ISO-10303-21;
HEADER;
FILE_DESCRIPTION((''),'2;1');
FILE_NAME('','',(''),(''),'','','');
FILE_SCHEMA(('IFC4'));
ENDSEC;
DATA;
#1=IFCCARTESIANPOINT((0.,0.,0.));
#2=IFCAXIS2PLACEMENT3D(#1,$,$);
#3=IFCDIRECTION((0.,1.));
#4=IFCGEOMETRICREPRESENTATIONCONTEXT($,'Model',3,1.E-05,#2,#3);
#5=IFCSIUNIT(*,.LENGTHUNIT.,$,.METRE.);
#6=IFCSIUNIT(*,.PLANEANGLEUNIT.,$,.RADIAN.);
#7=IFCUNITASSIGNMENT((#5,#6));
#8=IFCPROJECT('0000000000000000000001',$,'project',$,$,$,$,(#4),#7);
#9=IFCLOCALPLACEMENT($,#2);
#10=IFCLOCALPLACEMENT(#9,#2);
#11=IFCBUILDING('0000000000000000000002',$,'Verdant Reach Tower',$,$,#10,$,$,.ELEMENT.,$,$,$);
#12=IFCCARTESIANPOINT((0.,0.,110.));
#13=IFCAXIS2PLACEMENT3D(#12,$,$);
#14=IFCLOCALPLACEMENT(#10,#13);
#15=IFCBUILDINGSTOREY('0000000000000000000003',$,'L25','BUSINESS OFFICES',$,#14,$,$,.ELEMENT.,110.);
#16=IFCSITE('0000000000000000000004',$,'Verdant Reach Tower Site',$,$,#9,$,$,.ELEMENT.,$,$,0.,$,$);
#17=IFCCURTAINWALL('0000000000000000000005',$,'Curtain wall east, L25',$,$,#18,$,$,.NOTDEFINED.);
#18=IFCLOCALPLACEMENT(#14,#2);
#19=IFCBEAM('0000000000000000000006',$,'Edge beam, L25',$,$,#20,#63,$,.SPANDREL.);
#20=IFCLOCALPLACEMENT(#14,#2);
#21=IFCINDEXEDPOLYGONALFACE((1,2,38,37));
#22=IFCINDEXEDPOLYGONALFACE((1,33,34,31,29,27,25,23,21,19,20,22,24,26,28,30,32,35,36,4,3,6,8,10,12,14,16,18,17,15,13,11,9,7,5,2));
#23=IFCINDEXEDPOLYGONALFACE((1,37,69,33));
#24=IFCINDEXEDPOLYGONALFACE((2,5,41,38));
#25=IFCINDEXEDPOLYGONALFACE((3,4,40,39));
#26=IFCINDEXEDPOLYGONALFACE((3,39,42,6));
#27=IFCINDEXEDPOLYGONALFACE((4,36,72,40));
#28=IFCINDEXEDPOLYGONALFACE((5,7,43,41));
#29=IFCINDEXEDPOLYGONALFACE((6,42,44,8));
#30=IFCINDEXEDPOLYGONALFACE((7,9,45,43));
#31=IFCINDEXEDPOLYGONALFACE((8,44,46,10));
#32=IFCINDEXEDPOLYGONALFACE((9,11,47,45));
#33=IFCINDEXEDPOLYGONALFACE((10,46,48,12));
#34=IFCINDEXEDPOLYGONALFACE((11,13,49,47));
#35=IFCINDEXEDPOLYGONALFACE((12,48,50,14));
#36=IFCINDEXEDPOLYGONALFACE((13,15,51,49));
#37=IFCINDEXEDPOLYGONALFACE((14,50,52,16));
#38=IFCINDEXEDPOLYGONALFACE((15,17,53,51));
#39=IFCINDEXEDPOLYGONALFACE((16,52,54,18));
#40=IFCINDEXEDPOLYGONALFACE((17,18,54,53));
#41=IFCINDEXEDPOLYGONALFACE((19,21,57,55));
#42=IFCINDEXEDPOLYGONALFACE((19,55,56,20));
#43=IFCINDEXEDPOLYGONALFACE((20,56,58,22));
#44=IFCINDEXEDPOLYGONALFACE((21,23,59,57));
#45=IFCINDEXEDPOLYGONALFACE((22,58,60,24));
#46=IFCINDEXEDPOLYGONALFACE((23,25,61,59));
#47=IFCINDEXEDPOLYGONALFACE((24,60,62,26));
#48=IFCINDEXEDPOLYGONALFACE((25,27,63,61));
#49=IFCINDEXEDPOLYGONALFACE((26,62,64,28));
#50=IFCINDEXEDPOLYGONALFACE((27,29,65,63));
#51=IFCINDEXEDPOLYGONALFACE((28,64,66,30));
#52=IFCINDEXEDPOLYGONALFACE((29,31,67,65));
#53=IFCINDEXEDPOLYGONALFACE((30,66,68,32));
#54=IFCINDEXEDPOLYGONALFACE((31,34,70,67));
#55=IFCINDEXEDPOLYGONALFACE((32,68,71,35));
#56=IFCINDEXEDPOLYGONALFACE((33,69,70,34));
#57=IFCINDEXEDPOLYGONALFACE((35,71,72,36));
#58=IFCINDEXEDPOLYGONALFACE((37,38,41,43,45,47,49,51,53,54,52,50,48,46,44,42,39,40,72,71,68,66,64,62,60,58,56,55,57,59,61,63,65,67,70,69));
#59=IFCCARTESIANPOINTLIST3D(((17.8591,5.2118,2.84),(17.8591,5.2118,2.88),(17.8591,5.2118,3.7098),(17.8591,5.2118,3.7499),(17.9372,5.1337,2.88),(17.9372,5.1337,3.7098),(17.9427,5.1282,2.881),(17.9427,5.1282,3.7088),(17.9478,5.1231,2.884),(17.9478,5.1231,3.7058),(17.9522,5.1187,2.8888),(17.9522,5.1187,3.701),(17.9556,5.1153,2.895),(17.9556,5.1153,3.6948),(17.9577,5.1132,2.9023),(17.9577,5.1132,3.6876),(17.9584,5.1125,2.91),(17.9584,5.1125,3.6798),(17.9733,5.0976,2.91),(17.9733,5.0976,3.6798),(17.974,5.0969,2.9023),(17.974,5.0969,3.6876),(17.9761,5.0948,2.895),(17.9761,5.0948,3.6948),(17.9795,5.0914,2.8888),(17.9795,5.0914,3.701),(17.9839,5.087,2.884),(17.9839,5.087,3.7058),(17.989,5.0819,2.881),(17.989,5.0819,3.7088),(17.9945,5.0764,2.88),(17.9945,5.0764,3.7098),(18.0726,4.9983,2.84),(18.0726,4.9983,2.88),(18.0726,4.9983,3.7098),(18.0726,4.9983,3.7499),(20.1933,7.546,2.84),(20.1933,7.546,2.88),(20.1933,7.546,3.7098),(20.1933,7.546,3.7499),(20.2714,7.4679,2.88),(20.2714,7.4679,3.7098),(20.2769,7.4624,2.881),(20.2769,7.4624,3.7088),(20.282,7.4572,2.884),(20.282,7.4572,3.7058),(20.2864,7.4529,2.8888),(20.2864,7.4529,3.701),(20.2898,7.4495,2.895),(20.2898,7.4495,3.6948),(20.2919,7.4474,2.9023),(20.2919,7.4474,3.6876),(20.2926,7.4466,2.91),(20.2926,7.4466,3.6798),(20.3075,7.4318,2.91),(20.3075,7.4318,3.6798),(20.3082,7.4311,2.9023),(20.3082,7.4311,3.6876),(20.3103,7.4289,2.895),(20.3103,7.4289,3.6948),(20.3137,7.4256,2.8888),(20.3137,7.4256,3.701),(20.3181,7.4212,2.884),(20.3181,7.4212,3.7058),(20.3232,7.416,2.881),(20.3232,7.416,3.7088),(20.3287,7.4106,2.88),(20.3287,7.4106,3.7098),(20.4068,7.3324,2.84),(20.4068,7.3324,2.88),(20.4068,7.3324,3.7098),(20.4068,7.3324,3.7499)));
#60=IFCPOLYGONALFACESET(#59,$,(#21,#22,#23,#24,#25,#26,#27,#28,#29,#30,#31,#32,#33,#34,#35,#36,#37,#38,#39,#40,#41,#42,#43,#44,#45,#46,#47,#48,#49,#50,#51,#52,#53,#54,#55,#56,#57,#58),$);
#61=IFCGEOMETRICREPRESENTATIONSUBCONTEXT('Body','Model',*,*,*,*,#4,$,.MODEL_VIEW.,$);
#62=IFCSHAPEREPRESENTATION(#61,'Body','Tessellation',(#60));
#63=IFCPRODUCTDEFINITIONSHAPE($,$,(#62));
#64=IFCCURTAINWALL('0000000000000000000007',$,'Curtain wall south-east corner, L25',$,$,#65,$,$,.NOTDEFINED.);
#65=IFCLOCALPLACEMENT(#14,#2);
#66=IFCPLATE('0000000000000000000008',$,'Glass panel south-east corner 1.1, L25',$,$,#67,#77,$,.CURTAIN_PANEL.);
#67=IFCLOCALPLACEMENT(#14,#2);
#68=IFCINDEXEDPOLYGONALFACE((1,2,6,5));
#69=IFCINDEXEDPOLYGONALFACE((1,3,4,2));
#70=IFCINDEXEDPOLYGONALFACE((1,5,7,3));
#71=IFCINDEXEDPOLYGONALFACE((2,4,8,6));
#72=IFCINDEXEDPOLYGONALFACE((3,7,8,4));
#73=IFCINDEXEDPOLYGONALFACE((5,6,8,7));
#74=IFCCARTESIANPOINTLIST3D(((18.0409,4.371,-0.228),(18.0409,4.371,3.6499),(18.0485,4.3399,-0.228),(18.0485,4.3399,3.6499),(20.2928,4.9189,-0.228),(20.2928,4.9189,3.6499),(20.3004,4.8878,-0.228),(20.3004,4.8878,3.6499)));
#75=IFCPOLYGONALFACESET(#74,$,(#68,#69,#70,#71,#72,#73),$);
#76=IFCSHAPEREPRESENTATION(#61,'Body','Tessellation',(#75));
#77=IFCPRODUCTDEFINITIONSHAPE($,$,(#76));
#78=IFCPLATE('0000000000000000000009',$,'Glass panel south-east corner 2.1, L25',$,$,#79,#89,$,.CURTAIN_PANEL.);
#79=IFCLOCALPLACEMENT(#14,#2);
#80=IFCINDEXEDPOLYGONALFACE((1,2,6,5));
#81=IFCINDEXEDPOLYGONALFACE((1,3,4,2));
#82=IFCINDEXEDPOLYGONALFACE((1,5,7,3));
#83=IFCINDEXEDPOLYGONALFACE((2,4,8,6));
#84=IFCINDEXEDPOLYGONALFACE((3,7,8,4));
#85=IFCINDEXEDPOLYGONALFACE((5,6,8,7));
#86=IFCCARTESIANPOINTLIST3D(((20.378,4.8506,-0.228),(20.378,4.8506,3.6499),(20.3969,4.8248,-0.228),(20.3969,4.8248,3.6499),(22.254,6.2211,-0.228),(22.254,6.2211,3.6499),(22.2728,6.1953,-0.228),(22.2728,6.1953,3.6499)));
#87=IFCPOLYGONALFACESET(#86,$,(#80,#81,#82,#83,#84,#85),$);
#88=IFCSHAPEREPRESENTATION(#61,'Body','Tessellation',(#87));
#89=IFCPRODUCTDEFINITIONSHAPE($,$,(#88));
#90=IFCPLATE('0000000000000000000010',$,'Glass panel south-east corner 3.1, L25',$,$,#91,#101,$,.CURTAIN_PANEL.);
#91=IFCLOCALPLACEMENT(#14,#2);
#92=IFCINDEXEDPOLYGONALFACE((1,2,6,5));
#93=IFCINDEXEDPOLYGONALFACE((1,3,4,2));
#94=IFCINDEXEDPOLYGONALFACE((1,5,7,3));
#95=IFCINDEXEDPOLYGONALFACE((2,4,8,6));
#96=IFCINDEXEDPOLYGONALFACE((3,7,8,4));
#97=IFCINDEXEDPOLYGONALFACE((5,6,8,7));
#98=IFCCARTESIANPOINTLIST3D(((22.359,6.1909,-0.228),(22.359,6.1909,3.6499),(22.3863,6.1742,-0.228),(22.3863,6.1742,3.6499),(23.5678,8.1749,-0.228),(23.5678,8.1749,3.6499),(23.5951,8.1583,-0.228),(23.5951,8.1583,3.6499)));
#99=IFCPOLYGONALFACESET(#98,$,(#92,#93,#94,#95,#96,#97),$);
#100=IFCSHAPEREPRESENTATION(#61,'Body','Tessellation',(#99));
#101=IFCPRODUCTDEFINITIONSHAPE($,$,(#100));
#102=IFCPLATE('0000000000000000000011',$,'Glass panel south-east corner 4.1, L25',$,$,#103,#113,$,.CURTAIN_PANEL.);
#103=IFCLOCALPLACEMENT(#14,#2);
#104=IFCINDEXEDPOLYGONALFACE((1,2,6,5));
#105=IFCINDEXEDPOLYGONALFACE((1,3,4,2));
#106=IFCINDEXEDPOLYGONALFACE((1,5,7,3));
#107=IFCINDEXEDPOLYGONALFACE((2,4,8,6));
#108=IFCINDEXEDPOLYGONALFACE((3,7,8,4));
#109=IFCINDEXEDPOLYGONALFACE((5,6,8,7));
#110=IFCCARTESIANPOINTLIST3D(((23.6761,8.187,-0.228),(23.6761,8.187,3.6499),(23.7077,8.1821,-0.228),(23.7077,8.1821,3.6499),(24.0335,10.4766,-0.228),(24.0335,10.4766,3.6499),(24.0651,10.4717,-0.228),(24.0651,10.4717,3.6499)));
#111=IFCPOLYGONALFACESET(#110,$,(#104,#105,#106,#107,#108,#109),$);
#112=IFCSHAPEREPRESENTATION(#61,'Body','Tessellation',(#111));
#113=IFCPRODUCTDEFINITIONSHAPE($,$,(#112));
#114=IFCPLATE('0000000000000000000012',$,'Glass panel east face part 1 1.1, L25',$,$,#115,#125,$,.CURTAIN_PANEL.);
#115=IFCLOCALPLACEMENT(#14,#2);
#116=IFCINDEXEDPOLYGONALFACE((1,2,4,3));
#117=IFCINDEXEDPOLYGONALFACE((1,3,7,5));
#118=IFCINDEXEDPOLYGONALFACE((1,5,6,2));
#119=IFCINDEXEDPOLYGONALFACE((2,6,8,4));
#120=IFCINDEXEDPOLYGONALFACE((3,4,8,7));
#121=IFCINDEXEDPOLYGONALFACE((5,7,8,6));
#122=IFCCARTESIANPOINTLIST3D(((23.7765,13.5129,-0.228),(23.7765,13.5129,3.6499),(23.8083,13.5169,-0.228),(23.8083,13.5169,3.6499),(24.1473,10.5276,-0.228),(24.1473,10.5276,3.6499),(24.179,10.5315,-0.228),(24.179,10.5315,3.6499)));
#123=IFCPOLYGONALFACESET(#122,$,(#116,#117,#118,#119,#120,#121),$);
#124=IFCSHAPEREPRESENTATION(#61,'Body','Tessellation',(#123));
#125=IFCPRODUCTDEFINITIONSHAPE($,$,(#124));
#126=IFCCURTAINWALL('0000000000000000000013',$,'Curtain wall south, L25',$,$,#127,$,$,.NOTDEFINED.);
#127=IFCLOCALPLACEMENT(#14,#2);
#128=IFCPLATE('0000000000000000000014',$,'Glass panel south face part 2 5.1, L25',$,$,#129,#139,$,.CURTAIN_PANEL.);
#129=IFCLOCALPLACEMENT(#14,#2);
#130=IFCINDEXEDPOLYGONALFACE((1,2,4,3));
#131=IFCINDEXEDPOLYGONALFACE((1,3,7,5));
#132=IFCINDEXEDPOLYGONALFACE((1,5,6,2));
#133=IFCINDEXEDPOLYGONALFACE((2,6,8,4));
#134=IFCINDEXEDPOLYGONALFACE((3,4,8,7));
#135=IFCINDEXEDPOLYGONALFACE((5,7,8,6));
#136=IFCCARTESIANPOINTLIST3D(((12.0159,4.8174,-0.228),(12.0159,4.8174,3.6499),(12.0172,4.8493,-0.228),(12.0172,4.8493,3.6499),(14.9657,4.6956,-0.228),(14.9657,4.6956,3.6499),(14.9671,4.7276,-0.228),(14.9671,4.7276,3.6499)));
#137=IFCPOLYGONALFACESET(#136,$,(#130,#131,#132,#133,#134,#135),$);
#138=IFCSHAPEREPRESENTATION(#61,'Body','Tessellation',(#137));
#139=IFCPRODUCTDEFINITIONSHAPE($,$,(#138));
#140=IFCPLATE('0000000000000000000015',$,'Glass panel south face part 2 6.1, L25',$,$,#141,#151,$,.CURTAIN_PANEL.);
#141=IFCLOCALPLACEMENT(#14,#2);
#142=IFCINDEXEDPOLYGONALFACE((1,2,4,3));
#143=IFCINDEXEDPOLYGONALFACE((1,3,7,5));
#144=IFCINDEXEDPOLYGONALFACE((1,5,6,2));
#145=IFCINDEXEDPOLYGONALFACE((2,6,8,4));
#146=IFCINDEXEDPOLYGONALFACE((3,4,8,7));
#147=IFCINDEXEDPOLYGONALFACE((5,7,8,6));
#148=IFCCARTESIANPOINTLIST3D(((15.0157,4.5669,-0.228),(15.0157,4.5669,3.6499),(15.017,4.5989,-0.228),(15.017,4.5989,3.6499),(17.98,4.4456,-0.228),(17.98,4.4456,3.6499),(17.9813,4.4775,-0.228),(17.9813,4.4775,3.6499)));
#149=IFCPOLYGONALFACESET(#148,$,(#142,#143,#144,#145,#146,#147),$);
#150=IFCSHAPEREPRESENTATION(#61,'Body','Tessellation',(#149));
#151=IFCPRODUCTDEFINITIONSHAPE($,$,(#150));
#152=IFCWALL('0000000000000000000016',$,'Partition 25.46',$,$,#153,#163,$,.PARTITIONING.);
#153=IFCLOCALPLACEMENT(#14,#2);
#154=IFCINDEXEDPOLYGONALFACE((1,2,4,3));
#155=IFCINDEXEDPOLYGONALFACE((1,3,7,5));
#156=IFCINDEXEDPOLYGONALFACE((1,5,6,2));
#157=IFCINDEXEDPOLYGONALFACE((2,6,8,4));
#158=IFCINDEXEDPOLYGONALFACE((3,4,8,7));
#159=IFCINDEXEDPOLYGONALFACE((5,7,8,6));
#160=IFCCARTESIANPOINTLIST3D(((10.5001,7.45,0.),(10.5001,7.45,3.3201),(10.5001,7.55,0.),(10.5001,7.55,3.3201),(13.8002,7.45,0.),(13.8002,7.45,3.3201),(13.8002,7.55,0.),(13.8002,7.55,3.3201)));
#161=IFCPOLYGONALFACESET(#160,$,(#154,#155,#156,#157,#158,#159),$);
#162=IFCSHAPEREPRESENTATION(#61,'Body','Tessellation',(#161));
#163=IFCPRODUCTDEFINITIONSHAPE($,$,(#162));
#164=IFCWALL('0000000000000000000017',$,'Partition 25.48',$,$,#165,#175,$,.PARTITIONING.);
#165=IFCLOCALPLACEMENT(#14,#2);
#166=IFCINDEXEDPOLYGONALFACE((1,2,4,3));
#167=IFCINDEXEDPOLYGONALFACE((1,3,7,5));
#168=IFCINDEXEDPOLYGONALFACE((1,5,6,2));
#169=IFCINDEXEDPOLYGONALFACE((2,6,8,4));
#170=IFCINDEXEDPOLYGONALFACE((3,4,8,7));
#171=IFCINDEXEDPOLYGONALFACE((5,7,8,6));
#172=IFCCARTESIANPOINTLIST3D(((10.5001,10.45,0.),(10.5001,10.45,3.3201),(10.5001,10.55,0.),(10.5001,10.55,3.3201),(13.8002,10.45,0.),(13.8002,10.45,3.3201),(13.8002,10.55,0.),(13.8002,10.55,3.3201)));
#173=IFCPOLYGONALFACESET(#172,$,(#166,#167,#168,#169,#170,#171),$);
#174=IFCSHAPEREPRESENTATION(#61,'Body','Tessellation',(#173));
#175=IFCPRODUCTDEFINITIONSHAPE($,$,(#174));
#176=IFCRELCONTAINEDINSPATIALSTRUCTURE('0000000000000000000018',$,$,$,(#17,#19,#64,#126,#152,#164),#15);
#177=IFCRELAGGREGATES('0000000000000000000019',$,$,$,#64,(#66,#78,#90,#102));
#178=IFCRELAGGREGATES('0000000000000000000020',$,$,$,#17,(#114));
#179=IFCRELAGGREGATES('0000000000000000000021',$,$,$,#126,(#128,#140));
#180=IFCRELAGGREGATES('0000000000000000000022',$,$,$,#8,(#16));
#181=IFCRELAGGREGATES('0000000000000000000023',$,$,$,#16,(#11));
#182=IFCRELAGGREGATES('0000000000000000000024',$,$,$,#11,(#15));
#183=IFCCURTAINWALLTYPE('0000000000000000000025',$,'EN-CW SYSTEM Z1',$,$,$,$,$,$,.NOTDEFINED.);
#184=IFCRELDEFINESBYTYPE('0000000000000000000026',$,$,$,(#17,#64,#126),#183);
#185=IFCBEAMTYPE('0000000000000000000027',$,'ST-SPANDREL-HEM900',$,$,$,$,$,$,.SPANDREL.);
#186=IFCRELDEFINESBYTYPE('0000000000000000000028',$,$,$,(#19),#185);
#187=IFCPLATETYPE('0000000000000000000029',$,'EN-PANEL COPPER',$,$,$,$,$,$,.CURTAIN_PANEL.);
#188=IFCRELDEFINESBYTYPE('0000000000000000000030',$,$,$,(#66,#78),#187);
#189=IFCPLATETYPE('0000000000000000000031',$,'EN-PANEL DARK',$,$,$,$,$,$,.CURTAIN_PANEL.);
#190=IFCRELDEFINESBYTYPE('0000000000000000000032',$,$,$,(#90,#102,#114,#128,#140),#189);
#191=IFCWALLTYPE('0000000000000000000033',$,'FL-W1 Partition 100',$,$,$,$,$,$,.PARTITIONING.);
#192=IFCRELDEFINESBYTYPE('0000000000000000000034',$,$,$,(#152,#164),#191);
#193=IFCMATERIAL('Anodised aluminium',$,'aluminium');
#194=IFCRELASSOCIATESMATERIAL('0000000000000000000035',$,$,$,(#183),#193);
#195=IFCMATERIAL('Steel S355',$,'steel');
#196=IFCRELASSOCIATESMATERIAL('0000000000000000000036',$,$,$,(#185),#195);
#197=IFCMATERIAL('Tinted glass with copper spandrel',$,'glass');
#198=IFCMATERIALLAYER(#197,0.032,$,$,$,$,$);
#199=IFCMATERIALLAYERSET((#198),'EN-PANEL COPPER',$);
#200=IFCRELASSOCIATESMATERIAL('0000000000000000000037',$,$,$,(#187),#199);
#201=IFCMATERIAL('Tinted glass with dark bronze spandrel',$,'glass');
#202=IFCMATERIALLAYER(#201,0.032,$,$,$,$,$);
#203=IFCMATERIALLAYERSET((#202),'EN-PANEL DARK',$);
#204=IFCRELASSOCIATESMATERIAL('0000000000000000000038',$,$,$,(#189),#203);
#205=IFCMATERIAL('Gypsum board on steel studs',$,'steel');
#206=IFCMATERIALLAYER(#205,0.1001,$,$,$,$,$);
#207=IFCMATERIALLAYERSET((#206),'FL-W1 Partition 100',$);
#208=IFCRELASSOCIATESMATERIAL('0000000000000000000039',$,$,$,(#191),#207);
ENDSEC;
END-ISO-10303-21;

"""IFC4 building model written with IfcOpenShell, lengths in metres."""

from ifc_helpers import new_model, si_unit, direction, frame, frame_2d, origin, origin_2d, place, context, subcontext, project, spatial, rectangle, i_section, extrude, material, layer, layer_set, material_profile, profile_set, type_object, element, aggregate, save


model = new_model("IFC4")

# Units and contexts
model_context = context("Model", 3, precision=1e-05, world=origin(), true_north=direction((0.0, 1.0)))
body_context = subcontext(model_context, "Body", "Model", "MODEL_VIEW")
ifc_project = project(units=[si_unit("LENGTHUNIT", "METRE"), si_unit("PLANEANGLEUNIT", "RADIAN")], contexts=[model_context])

# Site, building, storey
site_placement = place(None, origin())
site = spatial("IfcSite", under=ifc_project, at=site_placement, Name="Verdant Reach Tower Site", CompositionType="ELEMENT", RefElevation=0.0)
building_placement = place(site_placement, origin())
building = spatial("IfcBuilding", under=site, at=building_placement, Name="Verdant Reach Tower", CompositionType="ELEMENT")
storey_placement = place(building_placement, frame((0.0, 0.0, 110.0)))
storey = spatial("IfcBuildingStorey", under=building, at=storey_placement, Name="L25", Description="BUSINESS OFFICES", CompositionType="ELEMENT", Elevation=110.0)

# Curtain wall
ifc_material_1 = material(Name="Anodised aluminium", Category="aluminium")
curtain_wall_type = type_object("IfcCurtainWallType", Name="EN-CW SYSTEM Z1", PredefinedType="NOTDEFINED", material=ifc_material_1)
curtain_wall_1_placement = place(storey_placement, origin())
curtain_wall_1 = element("IfcCurtainWall", 1, at=curtain_wall_1_placement, inside=storey, type_object=curtain_wall_type, Name="Curtain wall east, L25", PredefinedType="NOTDEFINED")

# Beam
ifc_material_2 = material(Name="Steel S355", Category="steel")
ifc_material_profile_1 = material_profile(ifc_material_2, i_section(OverallWidth=0.302, OverallDepth=0.9099, WebThickness=0.021, FlangeThickness=0.04, FilletRadius=0.03, at=origin_2d()), Name="HEM 900")
ifc_profile_set_1 = profile_set([ifc_material_profile_1], Name="Steel S355")
beam_type_1 = type_object("IfcBeamType", Name="ST-SPANDREL-HEM900", PredefinedType="SPANDREL", material=ifc_profile_set_1)
beam_1_placement = place(storey_placement, frame((20.3, 7.4392, 3.2949), z_axis=(-0.707107, -0.707107, 0.0), x_axis=(0.707107, -0.707107, 0.0)))
element("IfcBeam", 2, at=beam_1_placement, inside=storey, type_object=beam_type_1, Name="Edge beam, L25", PredefinedType="SPANDREL", context=body_context, shape_type="SweptSolid", body=[
    extrude(i_section(OverallWidth=0.302, OverallDepth=0.9099, WebThickness=0.021, FlangeThickness=0.04, FilletRadius=0.03, at=origin_2d()), origin(), (0.0, 0.0, 1.0), 3.301),
])

# Curtain wall, plates
curtain_wall_2_placement = place(storey_placement, origin())
curtain_wall_2 = element("IfcCurtainWall", 3, at=curtain_wall_2_placement, inside=storey, type_object=curtain_wall_type, Name="Curtain wall south-east corner, L25", PredefinedType="NOTDEFINED")
ifc_material_3 = material(Name="Tinted glass with copper spandrel", Category="glass")
ifc_layer_1 = layer(ifc_material_3, 0.032)
ifc_layer_set_1 = layer_set([ifc_layer_1], Name="EN-PANEL COPPER")
plate_type_1 = type_object("IfcPlateType", Name="EN-PANEL COPPER", PredefinedType="CURTAIN_PANEL", material=ifc_layer_set_1)
plate_1_placement = place(storey_placement, frame((19.1707, 4.6294, -0.228), z_axis=(0.0, 0.0, 1.0), x_axis=(0.971661, 0.23638, 0.0)))
plate_1 = element("IfcPlate", 4, at=plate_1_placement, type_object=plate_type_1, Name="Glass panel south-east corner 1.1, L25", PredefinedType="CURTAIN_PANEL", context=body_context, shape_type="SweptSolid", body=[
    extrude(rectangle(XDim=2.3176, YDim=0.032, at=origin_2d()), origin(), (0.0, 0.0, 1.0), 3.8779),
])
plate_2_placement = place(storey_placement, frame((21.3254, 5.5229, -0.228), z_axis=(0.0, 0.0, 1.0), x_axis=(0.807457, 0.589927, 0.0)))
plate_2 = element("IfcPlate", 5, at=plate_2_placement, type_object=plate_type_1, Name="Glass panel south-east corner 2.1, L25", PredefinedType="CURTAIN_PANEL", context=body_context, shape_type="SweptSolid", body=[
    extrude(rectangle(XDim=2.3232, YDim=0.032, at=origin_2d()), origin(), (0.0, 0.0, 1.0), 3.8779),
])
ifc_material_4 = material(Name="Tinted glass with dark bronze spandrel", Category="glass")
ifc_layer_2 = layer(ifc_material_4, 0.032)
ifc_layer_set_2 = layer_set([ifc_layer_2], Name="EN-PANEL DARK")
plate_type_2 = type_object("IfcPlateType", Name="EN-PANEL DARK", PredefinedType="CURTAIN_PANEL", material=ifc_layer_set_2)
plate_3_placement = place(storey_placement, frame((22.9771, 7.1746, -0.228), z_axis=(0.0, 0.0, 1.0), x_axis=(0.520292, 0.853989, 0.0)))
plate_3 = element("IfcPlate", 6, at=plate_3_placement, type_object=plate_type_2, Name="Glass panel south-east corner 3.1, L25", PredefinedType="CURTAIN_PANEL", context=body_context, shape_type="SweptSolid", body=[
    extrude(rectangle(XDim=2.3232, YDim=0.032, at=origin_2d()), origin(), (0.0, 0.0, 1.0), 3.8779),
])
plate_4_placement = place(storey_placement, frame((23.8706, 9.3293, -0.228), z_axis=(0.0, 0.0, 1.0), x_axis=(0.154248, 0.988032, 0.0)))
plate_4 = element("IfcPlate", 7, at=plate_4_placement, type_object=plate_type_2, Name="Glass panel south-east corner 4.1, L25", PredefinedType="CURTAIN_PANEL", context=body_context, shape_type="SweptSolid", body=[
    extrude(rectangle(XDim=2.3174, YDim=0.032, at=origin_2d()), origin(), (0.0, 0.0, 1.0), 3.8779),
])
aggregate(curtain_wall_2, [plate_1, plate_2, plate_3, plate_4])

# Plate
plate_5_placement = place(storey_placement, frame((23.9778, 12.0222, -0.228), z_axis=(0.0, 0.0, 1.0), x_axis=(-0.123256, 0.992375, 0.0)))
plate_5 = element("IfcPlate", 8, at=plate_5_placement, type_object=plate_type_2, Name="Glass panel east face part 1 1.1, L25", PredefinedType="CURTAIN_PANEL", context=body_context, shape_type="SweptSolid", body=[
    extrude(rectangle(XDim=3.0083, YDim=0.032, at=origin_2d()), origin(), (0.0, 0.0, 1.0), 3.8779),
])
aggregate(curtain_wall_1, [plate_5])

# Curtain wall, plates
curtain_wall_3_placement = place(storey_placement, origin())
curtain_wall_3 = element("IfcCurtainWall", 9, at=curtain_wall_3_placement, inside=storey, type_object=curtain_wall_type, Name="Curtain wall south, L25", PredefinedType="NOTDEFINED")
plate_6_placement = place(storey_placement, frame((13.4915, 4.7725, -0.228), z_axis=(0.0, 0.0, 1.0), x_axis=(0.999149, -0.041242, 0.0)))
plate_6 = element("IfcPlate", 10, at=plate_6_placement, type_object=plate_type_2, Name="Glass panel south face part 2 5.1, L25", PredefinedType="CURTAIN_PANEL", context=body_context, shape_type="SweptSolid", body=[
    extrude(rectangle(XDim=2.9524, YDim=0.032, at=origin_2d()), origin(), (0.0, 0.0, 1.0), 3.8779),
])
plate_7_placement = place(storey_placement, frame((16.4985, 4.5222, -0.228), z_axis=(0.0, 0.0, 1.0), x_axis=(0.999163, -0.04091, 0.0)))
plate_7 = element("IfcPlate", 11, at=plate_7_placement, type_object=plate_type_2, Name="Glass panel south face part 2 6.1, L25", PredefinedType="CURTAIN_PANEL", context=body_context, shape_type="SweptSolid", body=[
    extrude(rectangle(XDim=2.9668, YDim=0.032, at=origin_2d()), origin(), (0.0, 0.0, 1.0), 3.8779),
])
aggregate(curtain_wall_3, [plate_6, plate_7])

# Walls
ifc_material_5 = material(Name="Gypsum board on steel studs", Category="steel")
ifc_layer_3 = layer(ifc_material_5, 0.1001)
ifc_layer_set_3 = layer_set([ifc_layer_3], Name="FL-W1 Partition 100")
wall_type_1 = type_object("IfcWallType", Name="FL-W1 Partition 100", PredefinedType="PARTITIONING", material=ifc_layer_set_3)
for number, where, z_axis, x_axis, name in (
    (12, (13.8, 7.5, 0.0), (0.0, 0.0, 1.0), (-1.0, 0.0, 0.0), "Partition 25.46"),
    (13, (13.8, 10.5, 0.0), (0.0, 0.0, 1.0), (-1.0, 0.0, 0.0), "Partition 25.48"),
):
    element("IfcWall", number, at=place(storey_placement, frame(where, z_axis=z_axis, x_axis=x_axis)), inside=storey, type_object=wall_type_1, Name=name, PredefinedType="PARTITIONING", context=body_context, shape_type="SweptSolid", body=[
        extrude(rectangle(XDim=3.3, YDim=0.1001, at=frame_2d((1.6499, 0.0))), origin(), (0.0, 0.0, 1.0), 3.3201),
    ])

save(model, "model.ifc")
